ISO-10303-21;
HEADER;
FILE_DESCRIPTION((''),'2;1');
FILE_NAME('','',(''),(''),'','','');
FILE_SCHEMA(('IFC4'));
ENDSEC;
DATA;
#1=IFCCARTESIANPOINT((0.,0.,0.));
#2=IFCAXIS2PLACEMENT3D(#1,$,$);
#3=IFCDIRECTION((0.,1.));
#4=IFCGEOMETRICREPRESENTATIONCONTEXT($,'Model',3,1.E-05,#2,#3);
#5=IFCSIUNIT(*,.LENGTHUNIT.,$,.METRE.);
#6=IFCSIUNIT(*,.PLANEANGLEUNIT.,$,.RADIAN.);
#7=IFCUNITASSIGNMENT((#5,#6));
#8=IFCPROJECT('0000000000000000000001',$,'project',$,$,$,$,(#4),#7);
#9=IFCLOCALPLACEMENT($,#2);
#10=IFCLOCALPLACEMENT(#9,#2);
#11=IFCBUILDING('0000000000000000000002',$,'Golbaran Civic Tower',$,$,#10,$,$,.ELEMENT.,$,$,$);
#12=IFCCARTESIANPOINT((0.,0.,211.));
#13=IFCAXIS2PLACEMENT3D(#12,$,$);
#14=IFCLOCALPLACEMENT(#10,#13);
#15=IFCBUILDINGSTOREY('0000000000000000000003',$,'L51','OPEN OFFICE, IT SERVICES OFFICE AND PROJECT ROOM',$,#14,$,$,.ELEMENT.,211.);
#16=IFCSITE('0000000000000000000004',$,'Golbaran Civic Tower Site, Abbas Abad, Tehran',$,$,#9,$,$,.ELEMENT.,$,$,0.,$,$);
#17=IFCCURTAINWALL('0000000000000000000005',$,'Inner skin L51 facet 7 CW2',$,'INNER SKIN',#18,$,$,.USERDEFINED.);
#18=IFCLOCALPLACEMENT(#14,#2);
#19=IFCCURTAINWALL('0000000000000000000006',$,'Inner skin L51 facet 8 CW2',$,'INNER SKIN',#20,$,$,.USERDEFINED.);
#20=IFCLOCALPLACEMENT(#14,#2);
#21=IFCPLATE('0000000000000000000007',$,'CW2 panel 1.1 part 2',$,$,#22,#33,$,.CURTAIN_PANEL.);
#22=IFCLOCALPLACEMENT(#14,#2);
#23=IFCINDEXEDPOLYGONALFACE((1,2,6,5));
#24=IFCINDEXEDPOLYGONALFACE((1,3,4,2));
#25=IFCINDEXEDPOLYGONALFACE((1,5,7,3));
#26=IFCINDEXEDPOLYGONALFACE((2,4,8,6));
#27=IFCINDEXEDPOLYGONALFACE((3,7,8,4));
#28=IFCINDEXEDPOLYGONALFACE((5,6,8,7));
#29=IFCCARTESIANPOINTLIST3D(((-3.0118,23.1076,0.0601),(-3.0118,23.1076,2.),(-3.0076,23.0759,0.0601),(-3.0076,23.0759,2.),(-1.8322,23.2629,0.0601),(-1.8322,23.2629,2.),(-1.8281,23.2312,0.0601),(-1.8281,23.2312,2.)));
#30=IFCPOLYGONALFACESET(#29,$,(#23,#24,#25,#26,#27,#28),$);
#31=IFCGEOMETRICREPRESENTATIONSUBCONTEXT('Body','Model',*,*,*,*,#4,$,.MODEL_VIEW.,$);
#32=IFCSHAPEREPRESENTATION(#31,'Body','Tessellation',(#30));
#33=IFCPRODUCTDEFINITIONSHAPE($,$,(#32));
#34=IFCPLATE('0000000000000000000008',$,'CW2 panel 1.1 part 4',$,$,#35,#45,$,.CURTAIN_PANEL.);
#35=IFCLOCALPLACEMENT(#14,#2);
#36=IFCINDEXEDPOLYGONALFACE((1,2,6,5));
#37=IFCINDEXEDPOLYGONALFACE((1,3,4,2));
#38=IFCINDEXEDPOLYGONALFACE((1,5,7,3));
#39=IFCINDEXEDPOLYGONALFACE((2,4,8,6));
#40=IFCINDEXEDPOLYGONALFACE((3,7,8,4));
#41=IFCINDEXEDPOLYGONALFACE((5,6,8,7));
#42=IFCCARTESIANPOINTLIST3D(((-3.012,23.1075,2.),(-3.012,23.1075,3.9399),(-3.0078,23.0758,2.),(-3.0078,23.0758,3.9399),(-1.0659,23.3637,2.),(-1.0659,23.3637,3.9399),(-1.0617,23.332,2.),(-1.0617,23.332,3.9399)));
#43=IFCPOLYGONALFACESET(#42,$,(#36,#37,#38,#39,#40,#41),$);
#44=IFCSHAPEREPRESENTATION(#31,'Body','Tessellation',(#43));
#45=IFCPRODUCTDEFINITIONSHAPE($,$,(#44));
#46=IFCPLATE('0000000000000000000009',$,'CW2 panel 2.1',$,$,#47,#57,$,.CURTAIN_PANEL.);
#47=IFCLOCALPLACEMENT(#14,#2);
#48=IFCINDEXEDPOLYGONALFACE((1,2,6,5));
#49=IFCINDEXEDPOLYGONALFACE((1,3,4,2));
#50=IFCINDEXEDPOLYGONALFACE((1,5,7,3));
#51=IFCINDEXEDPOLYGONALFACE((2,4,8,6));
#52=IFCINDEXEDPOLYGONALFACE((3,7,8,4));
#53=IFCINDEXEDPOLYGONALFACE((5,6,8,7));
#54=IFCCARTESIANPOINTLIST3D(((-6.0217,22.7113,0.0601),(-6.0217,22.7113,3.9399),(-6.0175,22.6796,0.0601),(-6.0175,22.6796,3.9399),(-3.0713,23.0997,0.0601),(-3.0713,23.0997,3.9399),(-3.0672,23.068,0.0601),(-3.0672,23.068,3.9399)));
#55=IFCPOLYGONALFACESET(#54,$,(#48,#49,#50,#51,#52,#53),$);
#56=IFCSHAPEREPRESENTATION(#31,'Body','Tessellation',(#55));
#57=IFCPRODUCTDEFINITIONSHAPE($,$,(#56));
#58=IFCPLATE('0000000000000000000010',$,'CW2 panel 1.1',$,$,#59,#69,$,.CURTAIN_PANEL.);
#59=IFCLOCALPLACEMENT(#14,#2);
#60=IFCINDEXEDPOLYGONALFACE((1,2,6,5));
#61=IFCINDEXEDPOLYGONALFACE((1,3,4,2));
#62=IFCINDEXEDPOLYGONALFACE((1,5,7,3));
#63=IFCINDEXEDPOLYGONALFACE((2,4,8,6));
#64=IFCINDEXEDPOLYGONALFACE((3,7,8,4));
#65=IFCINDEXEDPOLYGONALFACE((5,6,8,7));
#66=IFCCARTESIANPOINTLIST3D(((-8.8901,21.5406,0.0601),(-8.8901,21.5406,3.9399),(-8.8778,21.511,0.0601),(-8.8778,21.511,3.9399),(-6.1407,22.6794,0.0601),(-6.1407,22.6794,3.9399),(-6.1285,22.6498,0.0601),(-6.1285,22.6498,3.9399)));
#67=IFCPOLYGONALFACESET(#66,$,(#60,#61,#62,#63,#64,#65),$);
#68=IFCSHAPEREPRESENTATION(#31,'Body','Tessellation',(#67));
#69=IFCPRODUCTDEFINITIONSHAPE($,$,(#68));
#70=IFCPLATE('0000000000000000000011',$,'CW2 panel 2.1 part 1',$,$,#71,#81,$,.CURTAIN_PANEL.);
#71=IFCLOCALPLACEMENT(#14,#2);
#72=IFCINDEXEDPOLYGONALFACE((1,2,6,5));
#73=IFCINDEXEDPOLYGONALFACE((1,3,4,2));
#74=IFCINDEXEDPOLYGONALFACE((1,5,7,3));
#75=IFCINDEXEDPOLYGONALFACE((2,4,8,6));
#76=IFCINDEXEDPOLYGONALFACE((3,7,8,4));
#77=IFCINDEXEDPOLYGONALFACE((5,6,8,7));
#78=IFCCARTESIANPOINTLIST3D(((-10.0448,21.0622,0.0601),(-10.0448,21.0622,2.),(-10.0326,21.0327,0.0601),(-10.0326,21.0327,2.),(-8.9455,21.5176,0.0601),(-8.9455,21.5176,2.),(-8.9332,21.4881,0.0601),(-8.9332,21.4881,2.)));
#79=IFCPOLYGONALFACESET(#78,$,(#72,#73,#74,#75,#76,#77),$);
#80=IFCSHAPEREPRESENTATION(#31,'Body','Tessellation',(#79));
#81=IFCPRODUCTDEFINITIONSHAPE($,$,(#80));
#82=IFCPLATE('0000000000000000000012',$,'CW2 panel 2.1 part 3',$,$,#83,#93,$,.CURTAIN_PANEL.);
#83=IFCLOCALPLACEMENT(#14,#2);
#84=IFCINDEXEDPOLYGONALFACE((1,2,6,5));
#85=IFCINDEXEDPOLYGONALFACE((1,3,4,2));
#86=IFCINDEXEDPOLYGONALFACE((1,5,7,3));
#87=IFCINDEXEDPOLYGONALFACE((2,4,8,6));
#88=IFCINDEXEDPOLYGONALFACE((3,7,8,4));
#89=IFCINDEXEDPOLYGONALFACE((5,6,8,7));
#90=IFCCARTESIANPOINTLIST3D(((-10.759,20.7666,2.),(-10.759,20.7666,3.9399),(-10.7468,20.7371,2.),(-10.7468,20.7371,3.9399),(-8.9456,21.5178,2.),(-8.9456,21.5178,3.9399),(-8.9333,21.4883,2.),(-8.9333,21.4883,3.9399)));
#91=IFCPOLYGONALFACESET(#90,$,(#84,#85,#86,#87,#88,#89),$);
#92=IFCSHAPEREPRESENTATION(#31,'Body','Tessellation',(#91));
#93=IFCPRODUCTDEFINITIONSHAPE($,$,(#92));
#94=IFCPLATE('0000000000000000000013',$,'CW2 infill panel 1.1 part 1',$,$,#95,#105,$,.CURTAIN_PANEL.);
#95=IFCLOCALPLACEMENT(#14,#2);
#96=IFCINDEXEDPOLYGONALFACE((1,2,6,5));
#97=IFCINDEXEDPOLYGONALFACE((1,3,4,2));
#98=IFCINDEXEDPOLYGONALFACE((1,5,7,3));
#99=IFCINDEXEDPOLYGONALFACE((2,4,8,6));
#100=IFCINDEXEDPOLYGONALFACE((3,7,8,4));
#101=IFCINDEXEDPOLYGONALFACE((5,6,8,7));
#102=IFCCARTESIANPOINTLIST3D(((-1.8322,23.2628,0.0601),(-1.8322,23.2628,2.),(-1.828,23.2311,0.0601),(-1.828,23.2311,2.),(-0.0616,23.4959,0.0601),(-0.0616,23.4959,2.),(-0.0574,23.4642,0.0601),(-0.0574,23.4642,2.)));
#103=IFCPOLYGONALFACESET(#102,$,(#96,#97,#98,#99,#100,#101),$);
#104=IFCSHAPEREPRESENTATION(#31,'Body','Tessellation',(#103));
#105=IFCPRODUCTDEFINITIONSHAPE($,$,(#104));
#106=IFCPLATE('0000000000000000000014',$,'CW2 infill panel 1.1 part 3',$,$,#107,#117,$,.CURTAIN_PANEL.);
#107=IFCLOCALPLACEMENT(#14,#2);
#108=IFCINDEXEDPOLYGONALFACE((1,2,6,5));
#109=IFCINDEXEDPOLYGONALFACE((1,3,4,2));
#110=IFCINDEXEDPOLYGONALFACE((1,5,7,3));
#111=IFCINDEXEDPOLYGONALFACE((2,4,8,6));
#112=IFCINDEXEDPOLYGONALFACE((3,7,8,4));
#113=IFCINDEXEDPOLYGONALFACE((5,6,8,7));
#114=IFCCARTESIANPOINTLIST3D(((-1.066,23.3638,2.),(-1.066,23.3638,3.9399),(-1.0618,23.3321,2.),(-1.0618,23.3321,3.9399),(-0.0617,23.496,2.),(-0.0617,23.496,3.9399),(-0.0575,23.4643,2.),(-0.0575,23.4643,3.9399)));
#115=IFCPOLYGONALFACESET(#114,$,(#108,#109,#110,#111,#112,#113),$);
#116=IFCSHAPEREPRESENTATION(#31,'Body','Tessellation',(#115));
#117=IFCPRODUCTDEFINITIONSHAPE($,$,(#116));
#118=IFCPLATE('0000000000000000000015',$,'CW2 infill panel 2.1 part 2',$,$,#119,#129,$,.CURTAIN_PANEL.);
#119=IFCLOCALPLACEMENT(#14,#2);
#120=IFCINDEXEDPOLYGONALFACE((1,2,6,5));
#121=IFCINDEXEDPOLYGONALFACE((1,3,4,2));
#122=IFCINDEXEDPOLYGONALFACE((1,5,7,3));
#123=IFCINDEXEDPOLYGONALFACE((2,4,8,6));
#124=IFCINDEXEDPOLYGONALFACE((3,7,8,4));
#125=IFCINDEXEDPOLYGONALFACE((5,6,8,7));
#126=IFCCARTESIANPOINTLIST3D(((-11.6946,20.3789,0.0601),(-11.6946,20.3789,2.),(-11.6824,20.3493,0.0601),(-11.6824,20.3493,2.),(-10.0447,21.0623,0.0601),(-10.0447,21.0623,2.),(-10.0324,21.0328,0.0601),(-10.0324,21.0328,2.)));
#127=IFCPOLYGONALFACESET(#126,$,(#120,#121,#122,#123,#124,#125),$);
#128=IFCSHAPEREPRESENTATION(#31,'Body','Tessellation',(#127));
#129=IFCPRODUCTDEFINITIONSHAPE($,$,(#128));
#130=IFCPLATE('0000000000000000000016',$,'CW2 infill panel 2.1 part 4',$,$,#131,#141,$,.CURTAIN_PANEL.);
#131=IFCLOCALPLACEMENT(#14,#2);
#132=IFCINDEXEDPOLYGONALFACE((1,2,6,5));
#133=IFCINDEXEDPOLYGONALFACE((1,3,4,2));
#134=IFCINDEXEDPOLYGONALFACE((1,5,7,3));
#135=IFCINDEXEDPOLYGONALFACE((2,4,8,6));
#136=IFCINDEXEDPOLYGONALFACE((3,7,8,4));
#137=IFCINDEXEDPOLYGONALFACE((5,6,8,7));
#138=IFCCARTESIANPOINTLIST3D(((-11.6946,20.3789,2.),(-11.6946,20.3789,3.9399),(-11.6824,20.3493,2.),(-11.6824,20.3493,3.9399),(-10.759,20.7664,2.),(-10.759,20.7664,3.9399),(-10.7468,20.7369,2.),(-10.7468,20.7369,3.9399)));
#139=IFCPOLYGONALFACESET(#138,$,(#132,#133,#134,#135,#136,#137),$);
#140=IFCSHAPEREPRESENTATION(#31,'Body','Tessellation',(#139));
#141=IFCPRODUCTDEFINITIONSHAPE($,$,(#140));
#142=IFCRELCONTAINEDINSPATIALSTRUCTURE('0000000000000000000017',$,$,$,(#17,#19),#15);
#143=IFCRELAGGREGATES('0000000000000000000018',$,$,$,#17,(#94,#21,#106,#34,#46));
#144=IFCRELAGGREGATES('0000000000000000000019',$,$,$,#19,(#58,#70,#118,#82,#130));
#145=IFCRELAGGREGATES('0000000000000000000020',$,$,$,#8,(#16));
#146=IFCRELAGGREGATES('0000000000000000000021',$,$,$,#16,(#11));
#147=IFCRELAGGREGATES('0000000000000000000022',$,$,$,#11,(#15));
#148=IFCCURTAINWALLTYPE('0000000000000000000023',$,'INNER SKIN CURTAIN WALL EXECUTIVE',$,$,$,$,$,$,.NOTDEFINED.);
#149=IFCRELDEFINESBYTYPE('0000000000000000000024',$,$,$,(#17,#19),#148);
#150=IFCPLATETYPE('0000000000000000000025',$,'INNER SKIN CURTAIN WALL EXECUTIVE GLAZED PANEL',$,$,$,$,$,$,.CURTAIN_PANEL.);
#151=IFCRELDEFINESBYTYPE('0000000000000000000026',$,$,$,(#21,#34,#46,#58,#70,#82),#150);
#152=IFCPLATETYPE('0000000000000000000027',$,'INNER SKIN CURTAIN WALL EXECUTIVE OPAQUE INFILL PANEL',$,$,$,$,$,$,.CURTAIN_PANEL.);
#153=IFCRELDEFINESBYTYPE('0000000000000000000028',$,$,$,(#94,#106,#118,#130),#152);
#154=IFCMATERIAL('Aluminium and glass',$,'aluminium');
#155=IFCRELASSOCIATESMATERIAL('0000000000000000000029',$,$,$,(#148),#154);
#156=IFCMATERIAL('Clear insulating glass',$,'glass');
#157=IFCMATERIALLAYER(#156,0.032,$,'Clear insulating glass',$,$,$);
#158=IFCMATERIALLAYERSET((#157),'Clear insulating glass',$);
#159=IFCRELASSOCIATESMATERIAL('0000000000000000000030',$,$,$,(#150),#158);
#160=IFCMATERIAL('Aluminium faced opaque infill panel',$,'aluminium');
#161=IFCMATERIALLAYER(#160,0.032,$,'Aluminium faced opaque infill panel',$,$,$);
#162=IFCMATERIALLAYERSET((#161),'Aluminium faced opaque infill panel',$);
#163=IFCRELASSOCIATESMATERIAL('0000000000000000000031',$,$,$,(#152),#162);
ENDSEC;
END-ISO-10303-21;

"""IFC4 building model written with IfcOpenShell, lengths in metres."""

from ifc_helpers import new_model, si_unit, direction, frame, origin, origin_2d, place, context, subcontext, project, spatial, rectangle, extrude, material, layer, layer_set, type_object, element, aggregate, save


model = new_model("IFC4")

# Units and contexts
model_context = context("Model", 3, precision=1e-05, world=origin(), true_north=direction((0.0, 1.0)))
body_context = subcontext(model_context, "Body", "Model", "MODEL_VIEW")
ifc_project = project(units=[si_unit("LENGTHUNIT", "METRE"), si_unit("PLANEANGLEUNIT", "RADIAN")], contexts=[model_context])

# Site, building, storey
site_placement = place(None, origin())
site = spatial("IfcSite", under=ifc_project, at=site_placement, Name="Golbaran Civic Tower Site, Abbas Abad, Tehran", CompositionType="ELEMENT", RefElevation=0.0)
building_placement = place(site_placement, origin())
building = spatial("IfcBuilding", under=site, at=building_placement, Name="Golbaran Civic Tower", CompositionType="ELEMENT")
storey_placement = place(building_placement, frame((0.0, 0.0, 211.0)))
storey = spatial("IfcBuildingStorey", under=building, at=storey_placement, Name="L51", Description="OPEN OFFICE, IT SERVICES OFFICE AND PROJECT ROOM", CompositionType="ELEMENT", Elevation=211.0)

# Curtain walls
ifc_material_1 = material(Name="Aluminium and glass", Category="aluminium")
curtain_wall_type = type_object("IfcCurtainWallType", Name="INNER SKIN CURTAIN WALL EXECUTIVE", PredefinedType="NOTDEFINED", material=ifc_material_1)
curtain_wall_1_placement = place(storey_placement, origin())
curtain_wall_1 = element("IfcCurtainWall", 1, at=curtain_wall_1_placement, inside=storey, type_object=curtain_wall_type, Name="Inner skin L51 facet 7 CW2", ObjectType="INNER SKIN", PredefinedType="USERDEFINED")
curtain_wall_2_placement = place(storey_placement, origin())
curtain_wall_2 = element("IfcCurtainWall", 2, at=curtain_wall_2_placement, inside=storey, type_object=curtain_wall_type, Name="Inner skin L51 facet 8 CW2", ObjectType="INNER SKIN", PredefinedType="USERDEFINED")

# Plates
ifc_material_2 = material(Name="Clear insulating glass", Category="glass")
ifc_layer_1 = layer(ifc_material_2, 0.032, Name="Clear insulating glass")
ifc_layer_set_1 = layer_set([ifc_layer_1], Name="Clear insulating glass")
plate_type_1 = type_object("IfcPlateType", Name="INNER SKIN CURTAIN WALL EXECUTIVE GLAZED PANEL", PredefinedType="CURTAIN_PANEL", material=ifc_layer_set_1)
plate_1_placement = place(storey_placement, frame((-2.4199, 23.1694, 0.0601), z_axis=(0.0, 0.0, 1.0), x_axis=(-0.991445, -0.130526, 0.0)))
plate_1 = element("IfcPlate", 3, at=plate_1_placement, type_object=plate_type_1, Name="CW2 panel 1.1 part 2", PredefinedType="CURTAIN_PANEL", context=body_context, shape_type="SweptSolid", body=[
    extrude(rectangle(XDim=1.1897, YDim=0.032, at=origin_2d()), origin(), (0.0, 0.0, 1.0), 1.9399),
])
plate_2_placement = place(storey_placement, frame((-2.0369, 23.2197, 2.0), z_axis=(0.0, 0.0, 1.0), x_axis=(-0.991445, -0.130526, 0.0)))
plate_2 = element("IfcPlate", 4, at=plate_2_placement, type_object=plate_type_1, Name="CW2 panel 1.1 part 4", PredefinedType="CURTAIN_PANEL", context=body_context, shape_type="SweptSolid", body=[
    extrude(rectangle(XDim=1.9629, YDim=0.032, at=origin_2d()), origin(), (0.0, 0.0, 1.0), 1.9399),
])
plate_3_placement = place(storey_placement, frame((-4.5444, 22.8896, 0.0601), z_axis=(0.0, 0.0, 1.0), x_axis=(-0.991445, -0.130526, 0.0)))
plate_3 = element("IfcPlate", 5, at=plate_3_placement, type_object=plate_type_1, Name="CW2 panel 2.1", PredefinedType="CURTAIN_PANEL", context=body_context, shape_type="SweptSolid", body=[
    extrude(rectangle(XDim=2.9758, YDim=0.032, at=origin_2d()), origin(), (0.0, 0.0, 1.0), 3.8799),
])
plate_4_placement = place(storey_placement, frame((-7.5093, 22.0952, 0.0601), z_axis=(0.0, 0.0, 1.0), x_axis=(-0.92388, -0.382683, 0.0)))
plate_4 = element("IfcPlate", 6, at=plate_4_placement, type_object=plate_type_1, Name="CW2 panel 1.1", PredefinedType="CURTAIN_PANEL", context=body_context, shape_type="SweptSolid", body=[
    extrude(rectangle(XDim=2.9758, YDim=0.032, at=origin_2d()), origin(), (0.0, 0.0, 1.0), 3.8799),
])
plate_5_placement = place(storey_placement, frame((-9.489, 21.2751, 0.0601), z_axis=(0.0, 0.0, 1.0), x_axis=(-0.92388, -0.382683, 0.0)))
plate_5 = element("IfcPlate", 7, at=plate_5_placement, type_object=plate_type_1, Name="CW2 panel 2.1 part 1", PredefinedType="CURTAIN_PANEL", context=body_context, shape_type="SweptSolid", body=[
    extrude(rectangle(XDim=1.1899, YDim=0.032, at=origin_2d()), origin(), (0.0, 0.0, 1.0), 1.9399),
])
plate_6_placement = place(storey_placement, frame((-9.8462, 21.1274, 2.0), z_axis=(0.0, 0.0, 1.0), x_axis=(-0.92388, -0.382683, 0.0)))
plate_6 = element("IfcPlate", 8, at=plate_6_placement, type_object=plate_type_1, Name="CW2 panel 2.1 part 3", PredefinedType="CURTAIN_PANEL", context=body_context, shape_type="SweptSolid", body=[
    extrude(rectangle(XDim=1.9629, YDim=0.032, at=origin_2d()), origin(), (0.0, 0.0, 1.0), 1.9399),
])
ifc_material_3 = material(Name="Aluminium faced opaque infill panel", Category="aluminium")
ifc_layer_2 = layer(ifc_material_3, 0.032, Name="Aluminium faced opaque infill panel")
ifc_layer_set_2 = layer_set([ifc_layer_2], Name="Aluminium faced opaque infill panel")
plate_type_2 = type_object("IfcPlateType", Name="INNER SKIN CURTAIN WALL EXECUTIVE OPAQUE INFILL PANEL", PredefinedType="CURTAIN_PANEL", material=ifc_layer_set_2)
plate_7_placement = place(storey_placement, frame((-0.9448, 23.3635, 0.0601), z_axis=(0.0, 0.0, 1.0), x_axis=(-0.991445, -0.130526, 0.0)))
plate_7 = element("IfcPlate", 9, at=plate_7_placement, type_object=plate_type_2, Name="CW2 infill panel 1.1 part 1", PredefinedType="CURTAIN_PANEL", context=body_context, shape_type="SweptSolid", body=[
    extrude(rectangle(XDim=1.7859, YDim=0.032, at=origin_2d()), origin(), (0.0, 0.0, 1.0), 1.9399),
])
plate_8_placement = place(storey_placement, frame((-0.5618, 23.4141, 2.0), z_axis=(0.0, 0.0, 1.0), x_axis=(-0.991445, -0.130526, 0.0)))
plate_8 = element("IfcPlate", 10, at=plate_8_placement, type_object=plate_type_2, Name="CW2 infill panel 1.1 part 3", PredefinedType="CURTAIN_PANEL", context=body_context, shape_type="SweptSolid", body=[
    extrude(rectangle(XDim=1.0129, YDim=0.032, at=origin_2d()), origin(), (0.0, 0.0, 1.0), 1.9399),
])
aggregate(curtain_wall_1, [plate_7, plate_1, plate_8, plate_2, plate_3])
plate_9_placement = place(storey_placement, frame((-10.8635, 20.7058, 0.0601), z_axis=(0.0, 0.0, 1.0), x_axis=(-0.92388, -0.382683, 0.0)))
plate_9 = element("IfcPlate", 11, at=plate_9_placement, type_object=plate_type_2, Name="CW2 infill panel 2.1 part 2", PredefinedType="CURTAIN_PANEL", context=body_context, shape_type="SweptSolid", body=[
    extrude(rectangle(XDim=1.7859, YDim=0.032, at=origin_2d()), origin(), (0.0, 0.0, 1.0), 1.9399),
])
plate_10_placement = place(storey_placement, frame((-11.2207, 20.5579, 2.0), z_axis=(0.0, 0.0, 1.0), x_axis=(-0.92388, -0.382683, 0.0)))
plate_10 = element("IfcPlate", 12, at=plate_10_placement, type_object=plate_type_2, Name="CW2 infill panel 2.1 part 4", PredefinedType="CURTAIN_PANEL", context=body_context, shape_type="SweptSolid", body=[
    extrude(rectangle(XDim=1.0127, YDim=0.032, at=origin_2d()), origin(), (0.0, 0.0, 1.0), 1.9399),
])
aggregate(curtain_wall_2, [plate_4, plate_5, plate_9, plate_6, plate_10])

save(model, "model.ifc")
